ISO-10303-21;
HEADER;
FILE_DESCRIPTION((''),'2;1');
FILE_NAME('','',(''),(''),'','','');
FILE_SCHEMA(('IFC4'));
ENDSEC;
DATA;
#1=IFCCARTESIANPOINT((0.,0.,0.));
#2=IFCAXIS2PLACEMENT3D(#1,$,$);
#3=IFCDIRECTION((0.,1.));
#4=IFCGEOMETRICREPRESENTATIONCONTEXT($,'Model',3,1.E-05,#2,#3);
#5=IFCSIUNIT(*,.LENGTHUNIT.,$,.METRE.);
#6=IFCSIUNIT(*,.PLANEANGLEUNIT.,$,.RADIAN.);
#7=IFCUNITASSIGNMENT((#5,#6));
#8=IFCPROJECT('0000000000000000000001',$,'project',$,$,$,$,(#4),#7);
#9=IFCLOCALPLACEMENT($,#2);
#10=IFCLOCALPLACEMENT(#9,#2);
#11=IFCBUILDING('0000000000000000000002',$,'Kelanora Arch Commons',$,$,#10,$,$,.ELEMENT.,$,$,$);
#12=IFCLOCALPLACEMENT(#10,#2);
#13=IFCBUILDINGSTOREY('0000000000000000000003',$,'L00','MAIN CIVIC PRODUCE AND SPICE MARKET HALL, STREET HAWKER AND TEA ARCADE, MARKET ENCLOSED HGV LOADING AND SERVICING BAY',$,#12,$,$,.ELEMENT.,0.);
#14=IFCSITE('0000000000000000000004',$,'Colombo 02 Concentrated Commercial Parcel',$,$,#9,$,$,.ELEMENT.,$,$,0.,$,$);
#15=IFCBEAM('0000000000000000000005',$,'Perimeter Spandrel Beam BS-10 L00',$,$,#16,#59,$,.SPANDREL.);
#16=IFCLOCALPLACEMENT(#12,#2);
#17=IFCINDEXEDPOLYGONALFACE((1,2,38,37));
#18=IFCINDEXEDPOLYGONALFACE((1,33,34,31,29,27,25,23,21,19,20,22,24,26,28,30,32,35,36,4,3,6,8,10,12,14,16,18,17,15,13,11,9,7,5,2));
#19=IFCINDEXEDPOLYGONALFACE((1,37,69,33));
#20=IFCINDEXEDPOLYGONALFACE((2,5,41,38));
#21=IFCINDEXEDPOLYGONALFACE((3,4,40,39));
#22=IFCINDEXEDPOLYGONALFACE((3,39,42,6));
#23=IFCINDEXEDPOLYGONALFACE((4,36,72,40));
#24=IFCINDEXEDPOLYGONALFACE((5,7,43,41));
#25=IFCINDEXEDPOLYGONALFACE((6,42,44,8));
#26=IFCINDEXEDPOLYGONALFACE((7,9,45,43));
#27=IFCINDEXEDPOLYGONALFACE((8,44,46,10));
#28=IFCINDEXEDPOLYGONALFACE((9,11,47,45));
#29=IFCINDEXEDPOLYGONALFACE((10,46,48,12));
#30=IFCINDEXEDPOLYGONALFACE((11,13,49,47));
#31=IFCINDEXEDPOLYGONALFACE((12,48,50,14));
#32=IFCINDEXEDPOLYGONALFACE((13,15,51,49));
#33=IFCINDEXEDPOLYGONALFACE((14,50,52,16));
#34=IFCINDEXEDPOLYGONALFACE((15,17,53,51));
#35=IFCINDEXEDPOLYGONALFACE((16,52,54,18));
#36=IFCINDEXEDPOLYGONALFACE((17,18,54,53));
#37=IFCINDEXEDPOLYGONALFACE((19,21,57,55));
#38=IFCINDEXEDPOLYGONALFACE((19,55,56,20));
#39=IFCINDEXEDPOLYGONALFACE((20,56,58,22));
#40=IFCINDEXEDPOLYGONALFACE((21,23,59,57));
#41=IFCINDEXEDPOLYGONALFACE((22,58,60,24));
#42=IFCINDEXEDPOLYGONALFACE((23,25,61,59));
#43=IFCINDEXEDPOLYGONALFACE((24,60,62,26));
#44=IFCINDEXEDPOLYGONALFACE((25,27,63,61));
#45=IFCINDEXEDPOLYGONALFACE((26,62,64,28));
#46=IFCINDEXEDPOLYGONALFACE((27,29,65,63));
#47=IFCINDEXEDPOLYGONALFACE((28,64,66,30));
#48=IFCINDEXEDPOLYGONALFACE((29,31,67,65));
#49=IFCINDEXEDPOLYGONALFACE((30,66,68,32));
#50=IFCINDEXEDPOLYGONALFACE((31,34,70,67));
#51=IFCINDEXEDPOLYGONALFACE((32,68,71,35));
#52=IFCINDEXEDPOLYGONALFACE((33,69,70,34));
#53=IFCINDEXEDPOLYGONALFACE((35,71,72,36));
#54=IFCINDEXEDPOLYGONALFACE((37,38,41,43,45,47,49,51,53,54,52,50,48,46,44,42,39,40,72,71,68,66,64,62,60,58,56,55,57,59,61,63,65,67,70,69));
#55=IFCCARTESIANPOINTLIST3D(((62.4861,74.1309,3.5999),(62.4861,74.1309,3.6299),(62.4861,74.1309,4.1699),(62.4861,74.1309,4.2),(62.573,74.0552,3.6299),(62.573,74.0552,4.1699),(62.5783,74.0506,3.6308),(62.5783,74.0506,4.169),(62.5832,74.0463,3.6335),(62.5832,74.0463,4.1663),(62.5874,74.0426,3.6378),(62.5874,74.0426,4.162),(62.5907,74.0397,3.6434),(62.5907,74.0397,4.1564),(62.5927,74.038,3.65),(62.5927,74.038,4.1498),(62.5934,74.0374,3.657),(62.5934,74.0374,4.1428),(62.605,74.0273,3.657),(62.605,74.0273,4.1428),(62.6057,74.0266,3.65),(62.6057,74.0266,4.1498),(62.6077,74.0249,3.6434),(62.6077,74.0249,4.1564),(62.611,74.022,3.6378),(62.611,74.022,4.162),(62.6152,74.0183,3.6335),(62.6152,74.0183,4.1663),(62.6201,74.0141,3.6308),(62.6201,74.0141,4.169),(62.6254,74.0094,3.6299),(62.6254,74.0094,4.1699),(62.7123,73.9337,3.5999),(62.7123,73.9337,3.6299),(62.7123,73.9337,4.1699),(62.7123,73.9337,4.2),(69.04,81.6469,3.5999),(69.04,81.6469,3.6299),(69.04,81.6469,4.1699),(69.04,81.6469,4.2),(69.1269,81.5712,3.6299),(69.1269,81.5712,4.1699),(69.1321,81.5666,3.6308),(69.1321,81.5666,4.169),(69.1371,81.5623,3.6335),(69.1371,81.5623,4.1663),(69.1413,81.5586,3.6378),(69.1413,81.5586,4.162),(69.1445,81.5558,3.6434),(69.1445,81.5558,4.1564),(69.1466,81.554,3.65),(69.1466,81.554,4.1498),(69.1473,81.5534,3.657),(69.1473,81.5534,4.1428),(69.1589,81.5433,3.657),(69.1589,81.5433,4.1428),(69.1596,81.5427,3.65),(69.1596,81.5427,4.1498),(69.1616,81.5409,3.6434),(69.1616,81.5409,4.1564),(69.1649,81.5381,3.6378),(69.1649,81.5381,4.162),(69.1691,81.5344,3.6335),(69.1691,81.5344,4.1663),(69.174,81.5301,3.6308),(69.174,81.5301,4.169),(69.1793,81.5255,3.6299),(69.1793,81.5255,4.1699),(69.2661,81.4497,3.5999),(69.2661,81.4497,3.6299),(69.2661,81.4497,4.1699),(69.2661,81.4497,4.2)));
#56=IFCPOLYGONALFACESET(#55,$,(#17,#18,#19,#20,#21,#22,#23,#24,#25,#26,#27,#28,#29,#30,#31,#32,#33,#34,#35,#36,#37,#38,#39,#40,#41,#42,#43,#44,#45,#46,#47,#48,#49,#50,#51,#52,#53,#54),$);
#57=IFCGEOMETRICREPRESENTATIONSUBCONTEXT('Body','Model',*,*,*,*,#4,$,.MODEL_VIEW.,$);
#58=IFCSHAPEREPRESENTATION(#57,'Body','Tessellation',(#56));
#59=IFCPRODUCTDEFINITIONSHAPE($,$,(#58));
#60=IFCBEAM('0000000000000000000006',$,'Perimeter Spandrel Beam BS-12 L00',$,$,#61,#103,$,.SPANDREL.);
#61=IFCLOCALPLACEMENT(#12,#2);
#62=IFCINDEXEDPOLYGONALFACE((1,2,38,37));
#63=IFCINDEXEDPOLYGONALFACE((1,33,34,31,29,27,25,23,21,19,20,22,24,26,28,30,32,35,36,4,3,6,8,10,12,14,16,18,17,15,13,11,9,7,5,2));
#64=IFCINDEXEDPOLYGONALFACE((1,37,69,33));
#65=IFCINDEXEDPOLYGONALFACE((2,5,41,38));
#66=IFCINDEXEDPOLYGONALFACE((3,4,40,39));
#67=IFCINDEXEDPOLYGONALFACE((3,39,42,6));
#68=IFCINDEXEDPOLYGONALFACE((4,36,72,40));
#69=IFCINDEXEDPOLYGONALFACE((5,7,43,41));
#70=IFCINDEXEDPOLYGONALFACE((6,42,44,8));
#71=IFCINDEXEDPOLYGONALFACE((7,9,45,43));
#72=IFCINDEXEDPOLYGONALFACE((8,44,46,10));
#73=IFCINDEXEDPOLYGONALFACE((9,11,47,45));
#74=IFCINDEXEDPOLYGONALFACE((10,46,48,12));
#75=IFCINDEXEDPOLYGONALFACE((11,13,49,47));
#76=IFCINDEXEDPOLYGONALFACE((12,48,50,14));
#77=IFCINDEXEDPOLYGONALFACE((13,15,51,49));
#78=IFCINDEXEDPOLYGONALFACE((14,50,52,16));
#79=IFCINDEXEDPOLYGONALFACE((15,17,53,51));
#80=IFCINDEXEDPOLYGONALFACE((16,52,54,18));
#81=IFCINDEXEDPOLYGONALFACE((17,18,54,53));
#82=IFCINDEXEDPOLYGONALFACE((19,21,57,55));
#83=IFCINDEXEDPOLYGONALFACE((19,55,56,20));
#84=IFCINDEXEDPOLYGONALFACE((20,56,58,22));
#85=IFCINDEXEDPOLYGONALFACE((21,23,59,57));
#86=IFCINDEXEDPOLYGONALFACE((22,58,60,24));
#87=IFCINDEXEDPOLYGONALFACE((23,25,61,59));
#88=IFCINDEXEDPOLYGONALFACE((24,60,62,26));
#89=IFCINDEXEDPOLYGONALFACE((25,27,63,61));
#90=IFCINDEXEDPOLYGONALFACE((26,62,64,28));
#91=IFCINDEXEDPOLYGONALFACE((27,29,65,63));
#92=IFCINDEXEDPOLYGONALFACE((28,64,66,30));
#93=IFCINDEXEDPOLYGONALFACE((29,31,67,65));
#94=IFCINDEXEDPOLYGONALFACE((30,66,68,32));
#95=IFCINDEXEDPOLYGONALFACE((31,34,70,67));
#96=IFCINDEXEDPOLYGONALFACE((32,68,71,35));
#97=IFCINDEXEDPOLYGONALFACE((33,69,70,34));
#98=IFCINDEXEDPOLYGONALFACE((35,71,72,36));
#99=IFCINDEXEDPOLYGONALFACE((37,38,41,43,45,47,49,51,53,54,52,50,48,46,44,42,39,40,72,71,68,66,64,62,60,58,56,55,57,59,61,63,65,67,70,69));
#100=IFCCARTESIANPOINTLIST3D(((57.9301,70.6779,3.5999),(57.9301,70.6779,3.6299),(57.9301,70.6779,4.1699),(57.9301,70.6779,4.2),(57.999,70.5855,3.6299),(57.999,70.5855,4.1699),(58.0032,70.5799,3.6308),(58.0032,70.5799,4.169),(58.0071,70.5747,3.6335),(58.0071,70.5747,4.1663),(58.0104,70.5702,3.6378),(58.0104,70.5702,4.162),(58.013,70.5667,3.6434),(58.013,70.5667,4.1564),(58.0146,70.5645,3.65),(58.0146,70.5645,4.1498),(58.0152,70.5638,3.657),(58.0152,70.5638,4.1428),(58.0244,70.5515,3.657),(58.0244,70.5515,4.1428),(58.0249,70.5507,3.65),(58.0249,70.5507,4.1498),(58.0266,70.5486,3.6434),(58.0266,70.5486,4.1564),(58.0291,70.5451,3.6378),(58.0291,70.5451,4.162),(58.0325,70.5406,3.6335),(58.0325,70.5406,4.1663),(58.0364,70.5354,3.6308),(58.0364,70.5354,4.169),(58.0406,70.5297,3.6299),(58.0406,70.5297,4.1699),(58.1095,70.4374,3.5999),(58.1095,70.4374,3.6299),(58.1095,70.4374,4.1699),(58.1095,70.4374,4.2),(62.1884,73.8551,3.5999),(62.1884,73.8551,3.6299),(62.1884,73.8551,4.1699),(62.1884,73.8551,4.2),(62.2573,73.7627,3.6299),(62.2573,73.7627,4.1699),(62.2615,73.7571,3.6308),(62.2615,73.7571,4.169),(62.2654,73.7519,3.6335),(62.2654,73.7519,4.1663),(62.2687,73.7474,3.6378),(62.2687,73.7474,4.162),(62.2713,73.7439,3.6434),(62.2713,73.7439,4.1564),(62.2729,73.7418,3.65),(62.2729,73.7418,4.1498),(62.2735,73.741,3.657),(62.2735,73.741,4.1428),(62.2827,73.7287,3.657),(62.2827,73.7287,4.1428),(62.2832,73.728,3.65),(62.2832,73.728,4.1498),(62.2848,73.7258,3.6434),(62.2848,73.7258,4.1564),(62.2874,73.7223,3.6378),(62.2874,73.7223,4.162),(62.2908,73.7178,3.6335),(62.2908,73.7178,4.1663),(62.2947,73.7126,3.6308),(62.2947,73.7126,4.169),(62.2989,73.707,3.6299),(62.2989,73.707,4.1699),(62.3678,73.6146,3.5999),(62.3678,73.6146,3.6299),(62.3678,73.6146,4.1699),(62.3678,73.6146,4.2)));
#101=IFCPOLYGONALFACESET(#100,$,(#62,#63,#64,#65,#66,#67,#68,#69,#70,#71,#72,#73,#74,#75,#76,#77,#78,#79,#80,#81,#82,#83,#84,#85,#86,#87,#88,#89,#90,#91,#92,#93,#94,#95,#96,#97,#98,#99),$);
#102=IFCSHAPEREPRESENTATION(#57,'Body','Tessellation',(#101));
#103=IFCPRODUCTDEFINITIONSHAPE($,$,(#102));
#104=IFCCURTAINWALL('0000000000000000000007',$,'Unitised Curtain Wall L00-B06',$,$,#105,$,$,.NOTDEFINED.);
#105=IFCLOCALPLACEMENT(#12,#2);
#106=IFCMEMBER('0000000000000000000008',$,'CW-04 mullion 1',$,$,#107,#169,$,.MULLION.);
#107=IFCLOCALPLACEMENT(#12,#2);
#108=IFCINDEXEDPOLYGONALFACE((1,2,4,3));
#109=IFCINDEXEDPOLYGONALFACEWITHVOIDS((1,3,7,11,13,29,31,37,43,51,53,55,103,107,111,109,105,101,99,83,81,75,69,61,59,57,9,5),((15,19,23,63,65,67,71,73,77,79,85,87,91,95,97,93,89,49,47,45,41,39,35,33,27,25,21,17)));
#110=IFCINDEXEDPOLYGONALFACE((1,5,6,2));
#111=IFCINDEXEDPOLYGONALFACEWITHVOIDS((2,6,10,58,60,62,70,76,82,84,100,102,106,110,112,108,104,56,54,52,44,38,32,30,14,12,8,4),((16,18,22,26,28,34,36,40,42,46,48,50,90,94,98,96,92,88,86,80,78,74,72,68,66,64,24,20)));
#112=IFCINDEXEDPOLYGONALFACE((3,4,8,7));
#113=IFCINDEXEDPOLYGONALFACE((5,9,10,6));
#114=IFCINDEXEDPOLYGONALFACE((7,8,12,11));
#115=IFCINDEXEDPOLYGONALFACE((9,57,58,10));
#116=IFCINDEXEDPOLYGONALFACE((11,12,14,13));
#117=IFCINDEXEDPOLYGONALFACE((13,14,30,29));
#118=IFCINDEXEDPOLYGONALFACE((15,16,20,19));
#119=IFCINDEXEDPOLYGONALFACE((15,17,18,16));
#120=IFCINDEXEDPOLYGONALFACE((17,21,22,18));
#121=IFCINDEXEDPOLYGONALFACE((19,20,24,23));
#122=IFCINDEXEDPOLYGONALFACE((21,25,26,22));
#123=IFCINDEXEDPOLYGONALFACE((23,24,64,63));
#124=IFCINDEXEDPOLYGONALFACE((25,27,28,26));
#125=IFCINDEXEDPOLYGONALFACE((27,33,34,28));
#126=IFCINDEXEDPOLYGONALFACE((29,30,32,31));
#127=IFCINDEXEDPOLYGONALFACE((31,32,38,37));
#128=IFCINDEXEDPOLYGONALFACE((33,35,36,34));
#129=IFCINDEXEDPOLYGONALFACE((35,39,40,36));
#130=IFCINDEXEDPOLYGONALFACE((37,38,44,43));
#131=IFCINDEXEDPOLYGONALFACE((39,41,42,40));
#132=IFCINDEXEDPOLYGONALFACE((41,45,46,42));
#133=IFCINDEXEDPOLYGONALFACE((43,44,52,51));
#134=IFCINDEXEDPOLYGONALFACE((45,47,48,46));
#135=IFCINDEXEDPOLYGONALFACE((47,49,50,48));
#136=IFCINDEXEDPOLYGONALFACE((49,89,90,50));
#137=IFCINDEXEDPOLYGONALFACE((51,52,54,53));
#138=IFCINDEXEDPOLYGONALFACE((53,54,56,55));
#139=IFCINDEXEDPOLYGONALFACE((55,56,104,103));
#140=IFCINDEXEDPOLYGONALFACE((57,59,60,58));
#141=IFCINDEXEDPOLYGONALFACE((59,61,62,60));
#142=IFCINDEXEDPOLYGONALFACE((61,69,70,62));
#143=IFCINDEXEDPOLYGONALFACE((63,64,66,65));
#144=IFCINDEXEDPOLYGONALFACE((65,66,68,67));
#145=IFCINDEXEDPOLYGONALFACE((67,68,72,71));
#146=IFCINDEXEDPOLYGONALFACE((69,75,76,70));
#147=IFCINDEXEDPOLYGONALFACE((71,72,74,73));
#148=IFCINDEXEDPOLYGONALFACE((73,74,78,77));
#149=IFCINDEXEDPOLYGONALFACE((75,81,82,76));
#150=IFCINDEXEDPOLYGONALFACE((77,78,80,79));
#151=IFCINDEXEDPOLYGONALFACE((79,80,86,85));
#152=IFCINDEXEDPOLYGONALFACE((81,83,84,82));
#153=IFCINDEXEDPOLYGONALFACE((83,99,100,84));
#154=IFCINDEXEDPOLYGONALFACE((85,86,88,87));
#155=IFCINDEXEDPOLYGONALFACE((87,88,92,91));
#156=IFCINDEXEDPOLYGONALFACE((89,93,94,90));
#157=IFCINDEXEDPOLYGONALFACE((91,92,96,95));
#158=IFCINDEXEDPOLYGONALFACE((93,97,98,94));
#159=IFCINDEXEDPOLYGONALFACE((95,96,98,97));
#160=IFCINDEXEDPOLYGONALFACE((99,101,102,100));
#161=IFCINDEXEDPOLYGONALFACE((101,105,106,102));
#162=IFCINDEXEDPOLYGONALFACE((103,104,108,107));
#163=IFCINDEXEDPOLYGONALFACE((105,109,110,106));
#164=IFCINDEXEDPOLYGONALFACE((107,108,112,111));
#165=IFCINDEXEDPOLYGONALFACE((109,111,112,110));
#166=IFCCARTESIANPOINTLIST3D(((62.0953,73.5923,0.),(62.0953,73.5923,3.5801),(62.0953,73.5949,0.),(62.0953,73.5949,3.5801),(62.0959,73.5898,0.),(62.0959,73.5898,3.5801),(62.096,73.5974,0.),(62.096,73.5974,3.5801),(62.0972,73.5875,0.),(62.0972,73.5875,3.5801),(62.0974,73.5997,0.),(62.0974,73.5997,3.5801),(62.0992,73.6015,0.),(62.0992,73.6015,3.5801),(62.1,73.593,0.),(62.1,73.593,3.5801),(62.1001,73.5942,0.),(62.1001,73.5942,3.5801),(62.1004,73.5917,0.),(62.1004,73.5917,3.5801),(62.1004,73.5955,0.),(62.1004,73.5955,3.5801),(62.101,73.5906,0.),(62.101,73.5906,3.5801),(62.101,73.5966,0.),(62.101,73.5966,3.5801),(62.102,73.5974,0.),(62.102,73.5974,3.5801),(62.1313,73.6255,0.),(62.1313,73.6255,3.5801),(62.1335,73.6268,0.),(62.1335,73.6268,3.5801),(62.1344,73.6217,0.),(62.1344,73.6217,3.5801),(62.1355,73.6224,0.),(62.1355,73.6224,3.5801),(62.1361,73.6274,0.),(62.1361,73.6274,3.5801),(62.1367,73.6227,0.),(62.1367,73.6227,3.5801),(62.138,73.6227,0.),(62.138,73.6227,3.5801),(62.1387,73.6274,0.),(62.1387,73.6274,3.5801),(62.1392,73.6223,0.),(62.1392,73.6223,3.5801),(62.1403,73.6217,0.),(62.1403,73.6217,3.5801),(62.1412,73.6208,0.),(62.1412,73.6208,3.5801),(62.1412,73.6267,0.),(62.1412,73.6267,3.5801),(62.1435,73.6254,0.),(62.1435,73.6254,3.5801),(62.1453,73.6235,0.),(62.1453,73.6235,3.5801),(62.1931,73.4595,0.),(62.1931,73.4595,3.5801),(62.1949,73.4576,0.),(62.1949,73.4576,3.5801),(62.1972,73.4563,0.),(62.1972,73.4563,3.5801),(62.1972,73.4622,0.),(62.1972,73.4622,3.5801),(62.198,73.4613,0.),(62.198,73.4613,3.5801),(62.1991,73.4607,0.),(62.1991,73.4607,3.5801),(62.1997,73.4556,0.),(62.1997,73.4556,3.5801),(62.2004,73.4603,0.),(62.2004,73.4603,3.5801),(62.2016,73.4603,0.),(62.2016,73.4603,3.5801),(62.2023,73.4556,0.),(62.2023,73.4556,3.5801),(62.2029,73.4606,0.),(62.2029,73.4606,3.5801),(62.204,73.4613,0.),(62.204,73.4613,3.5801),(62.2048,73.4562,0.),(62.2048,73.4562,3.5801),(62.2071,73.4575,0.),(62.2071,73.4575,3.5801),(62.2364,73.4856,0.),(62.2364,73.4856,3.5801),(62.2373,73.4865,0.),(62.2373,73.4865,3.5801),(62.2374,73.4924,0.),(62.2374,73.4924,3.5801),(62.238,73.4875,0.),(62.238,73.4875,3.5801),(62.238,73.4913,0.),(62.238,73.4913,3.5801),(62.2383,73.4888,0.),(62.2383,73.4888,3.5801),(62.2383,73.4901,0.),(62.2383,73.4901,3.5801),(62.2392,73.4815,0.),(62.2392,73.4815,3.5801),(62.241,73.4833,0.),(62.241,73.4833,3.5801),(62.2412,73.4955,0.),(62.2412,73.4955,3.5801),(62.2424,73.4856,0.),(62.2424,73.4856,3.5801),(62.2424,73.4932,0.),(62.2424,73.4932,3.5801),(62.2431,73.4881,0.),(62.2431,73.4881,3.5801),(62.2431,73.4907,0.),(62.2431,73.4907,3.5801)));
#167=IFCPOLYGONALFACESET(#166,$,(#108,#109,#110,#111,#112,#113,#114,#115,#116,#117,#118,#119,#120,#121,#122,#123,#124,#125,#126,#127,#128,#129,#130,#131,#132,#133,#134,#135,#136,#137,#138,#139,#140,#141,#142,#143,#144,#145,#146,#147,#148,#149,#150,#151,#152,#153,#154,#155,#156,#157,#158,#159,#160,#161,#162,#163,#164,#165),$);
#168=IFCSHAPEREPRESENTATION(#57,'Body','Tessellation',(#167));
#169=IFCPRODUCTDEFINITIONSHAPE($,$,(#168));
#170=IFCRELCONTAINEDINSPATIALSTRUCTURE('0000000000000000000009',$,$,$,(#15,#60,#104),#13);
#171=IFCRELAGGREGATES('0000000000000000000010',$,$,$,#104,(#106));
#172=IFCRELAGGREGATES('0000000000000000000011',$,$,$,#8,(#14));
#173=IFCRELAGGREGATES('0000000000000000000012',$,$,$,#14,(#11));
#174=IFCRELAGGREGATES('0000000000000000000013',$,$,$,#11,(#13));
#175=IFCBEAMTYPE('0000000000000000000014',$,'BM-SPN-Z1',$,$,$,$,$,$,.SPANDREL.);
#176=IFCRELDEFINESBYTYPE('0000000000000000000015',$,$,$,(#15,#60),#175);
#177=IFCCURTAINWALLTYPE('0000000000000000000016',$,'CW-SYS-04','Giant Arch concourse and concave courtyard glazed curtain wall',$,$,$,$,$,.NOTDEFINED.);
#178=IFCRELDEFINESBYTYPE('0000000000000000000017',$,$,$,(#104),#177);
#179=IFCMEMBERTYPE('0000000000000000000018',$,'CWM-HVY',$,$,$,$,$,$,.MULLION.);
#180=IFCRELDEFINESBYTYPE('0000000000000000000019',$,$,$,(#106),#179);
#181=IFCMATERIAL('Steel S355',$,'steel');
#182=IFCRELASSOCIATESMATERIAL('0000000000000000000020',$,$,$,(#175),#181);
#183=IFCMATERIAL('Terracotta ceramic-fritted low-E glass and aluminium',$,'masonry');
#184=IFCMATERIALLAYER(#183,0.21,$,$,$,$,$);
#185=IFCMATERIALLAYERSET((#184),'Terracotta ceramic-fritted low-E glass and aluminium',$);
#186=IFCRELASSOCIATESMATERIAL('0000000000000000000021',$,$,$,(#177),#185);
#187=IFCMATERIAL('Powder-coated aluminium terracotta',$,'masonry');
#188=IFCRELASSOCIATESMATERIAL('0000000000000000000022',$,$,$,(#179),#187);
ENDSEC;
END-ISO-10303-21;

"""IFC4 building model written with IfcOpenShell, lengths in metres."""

from ifc_helpers import new_model, si_unit, direction, frame, origin, origin_2d, place, context, subcontext, project, spatial, hollow_rectangle, i_section, extrude, material, layer, layer_set, material_profile, profile_set, type_object, element, aggregate, save


model = new_model("IFC4")

# Units and contexts
model_context = context("Model", 3, precision=1e-05, world=origin(), true_north=direction((0.0, 1.0)))
body_context = subcontext(model_context, "Body", "Model", "MODEL_VIEW")
ifc_project = project(units=[si_unit("LENGTHUNIT", "METRE"), si_unit("PLANEANGLEUNIT", "RADIAN")], contexts=[model_context])

# Site, building, storey
site_placement = place(None, origin())
site = spatial("IfcSite", under=ifc_project, at=site_placement, Name="Colombo 02 Concentrated Commercial Parcel", CompositionType="ELEMENT", RefElevation=0.0)
building_placement = place(site_placement, origin())
building = spatial("IfcBuilding", under=site, at=building_placement, Name="Kelanora Arch Commons", CompositionType="ELEMENT")
storey_placement = place(building_placement, origin())
storey = spatial("IfcBuildingStorey", under=building, at=storey_placement, Name="L00", Description="MAIN CIVIC PRODUCE AND SPICE MARKET HALL, STREET HAWKER AND TEA ARCADE, MARKET ENCLOSED HGV LOADING AND SERVICING BAY", CompositionType="ELEMENT", Elevation=0.0)

# Shared definitions
ifc_material_1 = material(Name="Steel S355", Category="steel")

# Beams
ifc_material_profile_1 = material_profile(ifc_material_1, i_section(OverallWidth=0.3, OverallDepth=0.6001, WebThickness=0.0154, FlangeThickness=0.03, FilletRadius=0.0271, at=origin_2d()), Name="HEB600")
ifc_profile_set_1 = profile_set([ifc_material_profile_1], Name="Steel S355")
beam_type_1 = type_object("IfcBeamType", Name="BM-SPN-Z1", PredefinedType="SPANDREL", material=ifc_profile_set_1)
beam_1_placement = place(storey_placement, frame((69.1531, 81.5483, 3.8999), z_axis=(-0.657218, -0.753701, 0.0), x_axis=(0.753701, -0.657218, 0.0)))
element("IfcBeam", 1, at=beam_1_placement, inside=storey, type_object=beam_type_1, Name="Perimeter Spandrel Beam BS-10 L00", PredefinedType="SPANDREL", context=body_context, shape_type="SweptSolid", body=[
    extrude(i_section(OverallWidth=0.3, OverallDepth=0.6001, WebThickness=0.0154, FlangeThickness=0.03, FilletRadius=0.0271, at=origin_2d()), origin(), (0.0, 0.0, 1.0), 9.9722),
])
beam_2_placement = place(storey_placement, frame((62.2781, 73.7349, 3.8999), z_axis=(-0.801486, -0.598013, 0.0), x_axis=(0.598013, -0.801486, 0.0)))
element("IfcBeam", 2, at=beam_2_placement, inside=storey, type_object=beam_type_1, Name="Perimeter Spandrel Beam BS-12 L00", PredefinedType="SPANDREL", context=body_context, shape_type="SweptSolid", body=[
    extrude(i_section(OverallWidth=0.3, OverallDepth=0.6001, WebThickness=0.0154, FlangeThickness=0.03, FilletRadius=0.0271, at=origin_2d()), origin(), (0.0, 0.0, 1.0), 5.313),
])

# Curtain wall, member
ifc_material_2 = material(Name="Terracotta ceramic-fritted low-E glass and aluminium", Category="masonry")
ifc_layer_1 = layer(ifc_material_2, 0.21)
ifc_layer_set_1 = layer_set([ifc_layer_1], Name="Terracotta ceramic-fritted low-E glass and aluminium")
curtain_wall_type = type_object("IfcCurtainWallType", Name="CW-SYS-04", Description="Giant Arch concourse and concave courtyard glazed curtain wall", PredefinedType="NOTDEFINED", material=ifc_layer_set_1)
curtain_wall_placement = place(storey_placement, origin())
curtain_wall = element("IfcCurtainWall", 3, at=curtain_wall_placement, inside=storey, type_object=curtain_wall_type, Name="Unitised Curtain Wall L00-B06", PredefinedType="NOTDEFINED")
ifc_material_3 = material(Name="Powder-coated aluminium terracotta", Category="masonry")
ifc_material_profile_2 = material_profile(ifc_material_3, hollow_rectangle(XDim=0.1799, YDim=0.0601, WallThickness=0.0049, InnerFilletRadius=0.0049, OuterFilletRadius=0.01, at=origin_2d()), Name="CWM180x60")
ifc_profile_set_2 = profile_set([ifc_material_profile_2], Name="Powder-coated aluminium terracotta")
member_type_1 = type_object("IfcMemberType", Name="CWM-HVY", PredefinedType="MULLION", material=ifc_profile_set_2)
member_1_placement = place(storey_placement, frame((62.1692, 73.5415, 0.0), z_axis=(0.0, 0.0, 1.0), x_axis=(0.599588, -0.800309, 0.0)))
member_1 = element("IfcMember", 4, at=member_1_placement, type_object=member_type_1, Name="CW-04 mullion 1", PredefinedType="MULLION", context=body_context, shape_type="SweptSolid", body=[
    extrude(hollow_rectangle(XDim=0.1799, YDim=0.0601, WallThickness=0.0049, InnerFilletRadius=0.0049, OuterFilletRadius=0.01, at=origin_2d()), origin(), (0.0, 0.0, 1.0), 3.5801),
])
aggregate(curtain_wall, [member_1])

save(model, "model.ifc")
